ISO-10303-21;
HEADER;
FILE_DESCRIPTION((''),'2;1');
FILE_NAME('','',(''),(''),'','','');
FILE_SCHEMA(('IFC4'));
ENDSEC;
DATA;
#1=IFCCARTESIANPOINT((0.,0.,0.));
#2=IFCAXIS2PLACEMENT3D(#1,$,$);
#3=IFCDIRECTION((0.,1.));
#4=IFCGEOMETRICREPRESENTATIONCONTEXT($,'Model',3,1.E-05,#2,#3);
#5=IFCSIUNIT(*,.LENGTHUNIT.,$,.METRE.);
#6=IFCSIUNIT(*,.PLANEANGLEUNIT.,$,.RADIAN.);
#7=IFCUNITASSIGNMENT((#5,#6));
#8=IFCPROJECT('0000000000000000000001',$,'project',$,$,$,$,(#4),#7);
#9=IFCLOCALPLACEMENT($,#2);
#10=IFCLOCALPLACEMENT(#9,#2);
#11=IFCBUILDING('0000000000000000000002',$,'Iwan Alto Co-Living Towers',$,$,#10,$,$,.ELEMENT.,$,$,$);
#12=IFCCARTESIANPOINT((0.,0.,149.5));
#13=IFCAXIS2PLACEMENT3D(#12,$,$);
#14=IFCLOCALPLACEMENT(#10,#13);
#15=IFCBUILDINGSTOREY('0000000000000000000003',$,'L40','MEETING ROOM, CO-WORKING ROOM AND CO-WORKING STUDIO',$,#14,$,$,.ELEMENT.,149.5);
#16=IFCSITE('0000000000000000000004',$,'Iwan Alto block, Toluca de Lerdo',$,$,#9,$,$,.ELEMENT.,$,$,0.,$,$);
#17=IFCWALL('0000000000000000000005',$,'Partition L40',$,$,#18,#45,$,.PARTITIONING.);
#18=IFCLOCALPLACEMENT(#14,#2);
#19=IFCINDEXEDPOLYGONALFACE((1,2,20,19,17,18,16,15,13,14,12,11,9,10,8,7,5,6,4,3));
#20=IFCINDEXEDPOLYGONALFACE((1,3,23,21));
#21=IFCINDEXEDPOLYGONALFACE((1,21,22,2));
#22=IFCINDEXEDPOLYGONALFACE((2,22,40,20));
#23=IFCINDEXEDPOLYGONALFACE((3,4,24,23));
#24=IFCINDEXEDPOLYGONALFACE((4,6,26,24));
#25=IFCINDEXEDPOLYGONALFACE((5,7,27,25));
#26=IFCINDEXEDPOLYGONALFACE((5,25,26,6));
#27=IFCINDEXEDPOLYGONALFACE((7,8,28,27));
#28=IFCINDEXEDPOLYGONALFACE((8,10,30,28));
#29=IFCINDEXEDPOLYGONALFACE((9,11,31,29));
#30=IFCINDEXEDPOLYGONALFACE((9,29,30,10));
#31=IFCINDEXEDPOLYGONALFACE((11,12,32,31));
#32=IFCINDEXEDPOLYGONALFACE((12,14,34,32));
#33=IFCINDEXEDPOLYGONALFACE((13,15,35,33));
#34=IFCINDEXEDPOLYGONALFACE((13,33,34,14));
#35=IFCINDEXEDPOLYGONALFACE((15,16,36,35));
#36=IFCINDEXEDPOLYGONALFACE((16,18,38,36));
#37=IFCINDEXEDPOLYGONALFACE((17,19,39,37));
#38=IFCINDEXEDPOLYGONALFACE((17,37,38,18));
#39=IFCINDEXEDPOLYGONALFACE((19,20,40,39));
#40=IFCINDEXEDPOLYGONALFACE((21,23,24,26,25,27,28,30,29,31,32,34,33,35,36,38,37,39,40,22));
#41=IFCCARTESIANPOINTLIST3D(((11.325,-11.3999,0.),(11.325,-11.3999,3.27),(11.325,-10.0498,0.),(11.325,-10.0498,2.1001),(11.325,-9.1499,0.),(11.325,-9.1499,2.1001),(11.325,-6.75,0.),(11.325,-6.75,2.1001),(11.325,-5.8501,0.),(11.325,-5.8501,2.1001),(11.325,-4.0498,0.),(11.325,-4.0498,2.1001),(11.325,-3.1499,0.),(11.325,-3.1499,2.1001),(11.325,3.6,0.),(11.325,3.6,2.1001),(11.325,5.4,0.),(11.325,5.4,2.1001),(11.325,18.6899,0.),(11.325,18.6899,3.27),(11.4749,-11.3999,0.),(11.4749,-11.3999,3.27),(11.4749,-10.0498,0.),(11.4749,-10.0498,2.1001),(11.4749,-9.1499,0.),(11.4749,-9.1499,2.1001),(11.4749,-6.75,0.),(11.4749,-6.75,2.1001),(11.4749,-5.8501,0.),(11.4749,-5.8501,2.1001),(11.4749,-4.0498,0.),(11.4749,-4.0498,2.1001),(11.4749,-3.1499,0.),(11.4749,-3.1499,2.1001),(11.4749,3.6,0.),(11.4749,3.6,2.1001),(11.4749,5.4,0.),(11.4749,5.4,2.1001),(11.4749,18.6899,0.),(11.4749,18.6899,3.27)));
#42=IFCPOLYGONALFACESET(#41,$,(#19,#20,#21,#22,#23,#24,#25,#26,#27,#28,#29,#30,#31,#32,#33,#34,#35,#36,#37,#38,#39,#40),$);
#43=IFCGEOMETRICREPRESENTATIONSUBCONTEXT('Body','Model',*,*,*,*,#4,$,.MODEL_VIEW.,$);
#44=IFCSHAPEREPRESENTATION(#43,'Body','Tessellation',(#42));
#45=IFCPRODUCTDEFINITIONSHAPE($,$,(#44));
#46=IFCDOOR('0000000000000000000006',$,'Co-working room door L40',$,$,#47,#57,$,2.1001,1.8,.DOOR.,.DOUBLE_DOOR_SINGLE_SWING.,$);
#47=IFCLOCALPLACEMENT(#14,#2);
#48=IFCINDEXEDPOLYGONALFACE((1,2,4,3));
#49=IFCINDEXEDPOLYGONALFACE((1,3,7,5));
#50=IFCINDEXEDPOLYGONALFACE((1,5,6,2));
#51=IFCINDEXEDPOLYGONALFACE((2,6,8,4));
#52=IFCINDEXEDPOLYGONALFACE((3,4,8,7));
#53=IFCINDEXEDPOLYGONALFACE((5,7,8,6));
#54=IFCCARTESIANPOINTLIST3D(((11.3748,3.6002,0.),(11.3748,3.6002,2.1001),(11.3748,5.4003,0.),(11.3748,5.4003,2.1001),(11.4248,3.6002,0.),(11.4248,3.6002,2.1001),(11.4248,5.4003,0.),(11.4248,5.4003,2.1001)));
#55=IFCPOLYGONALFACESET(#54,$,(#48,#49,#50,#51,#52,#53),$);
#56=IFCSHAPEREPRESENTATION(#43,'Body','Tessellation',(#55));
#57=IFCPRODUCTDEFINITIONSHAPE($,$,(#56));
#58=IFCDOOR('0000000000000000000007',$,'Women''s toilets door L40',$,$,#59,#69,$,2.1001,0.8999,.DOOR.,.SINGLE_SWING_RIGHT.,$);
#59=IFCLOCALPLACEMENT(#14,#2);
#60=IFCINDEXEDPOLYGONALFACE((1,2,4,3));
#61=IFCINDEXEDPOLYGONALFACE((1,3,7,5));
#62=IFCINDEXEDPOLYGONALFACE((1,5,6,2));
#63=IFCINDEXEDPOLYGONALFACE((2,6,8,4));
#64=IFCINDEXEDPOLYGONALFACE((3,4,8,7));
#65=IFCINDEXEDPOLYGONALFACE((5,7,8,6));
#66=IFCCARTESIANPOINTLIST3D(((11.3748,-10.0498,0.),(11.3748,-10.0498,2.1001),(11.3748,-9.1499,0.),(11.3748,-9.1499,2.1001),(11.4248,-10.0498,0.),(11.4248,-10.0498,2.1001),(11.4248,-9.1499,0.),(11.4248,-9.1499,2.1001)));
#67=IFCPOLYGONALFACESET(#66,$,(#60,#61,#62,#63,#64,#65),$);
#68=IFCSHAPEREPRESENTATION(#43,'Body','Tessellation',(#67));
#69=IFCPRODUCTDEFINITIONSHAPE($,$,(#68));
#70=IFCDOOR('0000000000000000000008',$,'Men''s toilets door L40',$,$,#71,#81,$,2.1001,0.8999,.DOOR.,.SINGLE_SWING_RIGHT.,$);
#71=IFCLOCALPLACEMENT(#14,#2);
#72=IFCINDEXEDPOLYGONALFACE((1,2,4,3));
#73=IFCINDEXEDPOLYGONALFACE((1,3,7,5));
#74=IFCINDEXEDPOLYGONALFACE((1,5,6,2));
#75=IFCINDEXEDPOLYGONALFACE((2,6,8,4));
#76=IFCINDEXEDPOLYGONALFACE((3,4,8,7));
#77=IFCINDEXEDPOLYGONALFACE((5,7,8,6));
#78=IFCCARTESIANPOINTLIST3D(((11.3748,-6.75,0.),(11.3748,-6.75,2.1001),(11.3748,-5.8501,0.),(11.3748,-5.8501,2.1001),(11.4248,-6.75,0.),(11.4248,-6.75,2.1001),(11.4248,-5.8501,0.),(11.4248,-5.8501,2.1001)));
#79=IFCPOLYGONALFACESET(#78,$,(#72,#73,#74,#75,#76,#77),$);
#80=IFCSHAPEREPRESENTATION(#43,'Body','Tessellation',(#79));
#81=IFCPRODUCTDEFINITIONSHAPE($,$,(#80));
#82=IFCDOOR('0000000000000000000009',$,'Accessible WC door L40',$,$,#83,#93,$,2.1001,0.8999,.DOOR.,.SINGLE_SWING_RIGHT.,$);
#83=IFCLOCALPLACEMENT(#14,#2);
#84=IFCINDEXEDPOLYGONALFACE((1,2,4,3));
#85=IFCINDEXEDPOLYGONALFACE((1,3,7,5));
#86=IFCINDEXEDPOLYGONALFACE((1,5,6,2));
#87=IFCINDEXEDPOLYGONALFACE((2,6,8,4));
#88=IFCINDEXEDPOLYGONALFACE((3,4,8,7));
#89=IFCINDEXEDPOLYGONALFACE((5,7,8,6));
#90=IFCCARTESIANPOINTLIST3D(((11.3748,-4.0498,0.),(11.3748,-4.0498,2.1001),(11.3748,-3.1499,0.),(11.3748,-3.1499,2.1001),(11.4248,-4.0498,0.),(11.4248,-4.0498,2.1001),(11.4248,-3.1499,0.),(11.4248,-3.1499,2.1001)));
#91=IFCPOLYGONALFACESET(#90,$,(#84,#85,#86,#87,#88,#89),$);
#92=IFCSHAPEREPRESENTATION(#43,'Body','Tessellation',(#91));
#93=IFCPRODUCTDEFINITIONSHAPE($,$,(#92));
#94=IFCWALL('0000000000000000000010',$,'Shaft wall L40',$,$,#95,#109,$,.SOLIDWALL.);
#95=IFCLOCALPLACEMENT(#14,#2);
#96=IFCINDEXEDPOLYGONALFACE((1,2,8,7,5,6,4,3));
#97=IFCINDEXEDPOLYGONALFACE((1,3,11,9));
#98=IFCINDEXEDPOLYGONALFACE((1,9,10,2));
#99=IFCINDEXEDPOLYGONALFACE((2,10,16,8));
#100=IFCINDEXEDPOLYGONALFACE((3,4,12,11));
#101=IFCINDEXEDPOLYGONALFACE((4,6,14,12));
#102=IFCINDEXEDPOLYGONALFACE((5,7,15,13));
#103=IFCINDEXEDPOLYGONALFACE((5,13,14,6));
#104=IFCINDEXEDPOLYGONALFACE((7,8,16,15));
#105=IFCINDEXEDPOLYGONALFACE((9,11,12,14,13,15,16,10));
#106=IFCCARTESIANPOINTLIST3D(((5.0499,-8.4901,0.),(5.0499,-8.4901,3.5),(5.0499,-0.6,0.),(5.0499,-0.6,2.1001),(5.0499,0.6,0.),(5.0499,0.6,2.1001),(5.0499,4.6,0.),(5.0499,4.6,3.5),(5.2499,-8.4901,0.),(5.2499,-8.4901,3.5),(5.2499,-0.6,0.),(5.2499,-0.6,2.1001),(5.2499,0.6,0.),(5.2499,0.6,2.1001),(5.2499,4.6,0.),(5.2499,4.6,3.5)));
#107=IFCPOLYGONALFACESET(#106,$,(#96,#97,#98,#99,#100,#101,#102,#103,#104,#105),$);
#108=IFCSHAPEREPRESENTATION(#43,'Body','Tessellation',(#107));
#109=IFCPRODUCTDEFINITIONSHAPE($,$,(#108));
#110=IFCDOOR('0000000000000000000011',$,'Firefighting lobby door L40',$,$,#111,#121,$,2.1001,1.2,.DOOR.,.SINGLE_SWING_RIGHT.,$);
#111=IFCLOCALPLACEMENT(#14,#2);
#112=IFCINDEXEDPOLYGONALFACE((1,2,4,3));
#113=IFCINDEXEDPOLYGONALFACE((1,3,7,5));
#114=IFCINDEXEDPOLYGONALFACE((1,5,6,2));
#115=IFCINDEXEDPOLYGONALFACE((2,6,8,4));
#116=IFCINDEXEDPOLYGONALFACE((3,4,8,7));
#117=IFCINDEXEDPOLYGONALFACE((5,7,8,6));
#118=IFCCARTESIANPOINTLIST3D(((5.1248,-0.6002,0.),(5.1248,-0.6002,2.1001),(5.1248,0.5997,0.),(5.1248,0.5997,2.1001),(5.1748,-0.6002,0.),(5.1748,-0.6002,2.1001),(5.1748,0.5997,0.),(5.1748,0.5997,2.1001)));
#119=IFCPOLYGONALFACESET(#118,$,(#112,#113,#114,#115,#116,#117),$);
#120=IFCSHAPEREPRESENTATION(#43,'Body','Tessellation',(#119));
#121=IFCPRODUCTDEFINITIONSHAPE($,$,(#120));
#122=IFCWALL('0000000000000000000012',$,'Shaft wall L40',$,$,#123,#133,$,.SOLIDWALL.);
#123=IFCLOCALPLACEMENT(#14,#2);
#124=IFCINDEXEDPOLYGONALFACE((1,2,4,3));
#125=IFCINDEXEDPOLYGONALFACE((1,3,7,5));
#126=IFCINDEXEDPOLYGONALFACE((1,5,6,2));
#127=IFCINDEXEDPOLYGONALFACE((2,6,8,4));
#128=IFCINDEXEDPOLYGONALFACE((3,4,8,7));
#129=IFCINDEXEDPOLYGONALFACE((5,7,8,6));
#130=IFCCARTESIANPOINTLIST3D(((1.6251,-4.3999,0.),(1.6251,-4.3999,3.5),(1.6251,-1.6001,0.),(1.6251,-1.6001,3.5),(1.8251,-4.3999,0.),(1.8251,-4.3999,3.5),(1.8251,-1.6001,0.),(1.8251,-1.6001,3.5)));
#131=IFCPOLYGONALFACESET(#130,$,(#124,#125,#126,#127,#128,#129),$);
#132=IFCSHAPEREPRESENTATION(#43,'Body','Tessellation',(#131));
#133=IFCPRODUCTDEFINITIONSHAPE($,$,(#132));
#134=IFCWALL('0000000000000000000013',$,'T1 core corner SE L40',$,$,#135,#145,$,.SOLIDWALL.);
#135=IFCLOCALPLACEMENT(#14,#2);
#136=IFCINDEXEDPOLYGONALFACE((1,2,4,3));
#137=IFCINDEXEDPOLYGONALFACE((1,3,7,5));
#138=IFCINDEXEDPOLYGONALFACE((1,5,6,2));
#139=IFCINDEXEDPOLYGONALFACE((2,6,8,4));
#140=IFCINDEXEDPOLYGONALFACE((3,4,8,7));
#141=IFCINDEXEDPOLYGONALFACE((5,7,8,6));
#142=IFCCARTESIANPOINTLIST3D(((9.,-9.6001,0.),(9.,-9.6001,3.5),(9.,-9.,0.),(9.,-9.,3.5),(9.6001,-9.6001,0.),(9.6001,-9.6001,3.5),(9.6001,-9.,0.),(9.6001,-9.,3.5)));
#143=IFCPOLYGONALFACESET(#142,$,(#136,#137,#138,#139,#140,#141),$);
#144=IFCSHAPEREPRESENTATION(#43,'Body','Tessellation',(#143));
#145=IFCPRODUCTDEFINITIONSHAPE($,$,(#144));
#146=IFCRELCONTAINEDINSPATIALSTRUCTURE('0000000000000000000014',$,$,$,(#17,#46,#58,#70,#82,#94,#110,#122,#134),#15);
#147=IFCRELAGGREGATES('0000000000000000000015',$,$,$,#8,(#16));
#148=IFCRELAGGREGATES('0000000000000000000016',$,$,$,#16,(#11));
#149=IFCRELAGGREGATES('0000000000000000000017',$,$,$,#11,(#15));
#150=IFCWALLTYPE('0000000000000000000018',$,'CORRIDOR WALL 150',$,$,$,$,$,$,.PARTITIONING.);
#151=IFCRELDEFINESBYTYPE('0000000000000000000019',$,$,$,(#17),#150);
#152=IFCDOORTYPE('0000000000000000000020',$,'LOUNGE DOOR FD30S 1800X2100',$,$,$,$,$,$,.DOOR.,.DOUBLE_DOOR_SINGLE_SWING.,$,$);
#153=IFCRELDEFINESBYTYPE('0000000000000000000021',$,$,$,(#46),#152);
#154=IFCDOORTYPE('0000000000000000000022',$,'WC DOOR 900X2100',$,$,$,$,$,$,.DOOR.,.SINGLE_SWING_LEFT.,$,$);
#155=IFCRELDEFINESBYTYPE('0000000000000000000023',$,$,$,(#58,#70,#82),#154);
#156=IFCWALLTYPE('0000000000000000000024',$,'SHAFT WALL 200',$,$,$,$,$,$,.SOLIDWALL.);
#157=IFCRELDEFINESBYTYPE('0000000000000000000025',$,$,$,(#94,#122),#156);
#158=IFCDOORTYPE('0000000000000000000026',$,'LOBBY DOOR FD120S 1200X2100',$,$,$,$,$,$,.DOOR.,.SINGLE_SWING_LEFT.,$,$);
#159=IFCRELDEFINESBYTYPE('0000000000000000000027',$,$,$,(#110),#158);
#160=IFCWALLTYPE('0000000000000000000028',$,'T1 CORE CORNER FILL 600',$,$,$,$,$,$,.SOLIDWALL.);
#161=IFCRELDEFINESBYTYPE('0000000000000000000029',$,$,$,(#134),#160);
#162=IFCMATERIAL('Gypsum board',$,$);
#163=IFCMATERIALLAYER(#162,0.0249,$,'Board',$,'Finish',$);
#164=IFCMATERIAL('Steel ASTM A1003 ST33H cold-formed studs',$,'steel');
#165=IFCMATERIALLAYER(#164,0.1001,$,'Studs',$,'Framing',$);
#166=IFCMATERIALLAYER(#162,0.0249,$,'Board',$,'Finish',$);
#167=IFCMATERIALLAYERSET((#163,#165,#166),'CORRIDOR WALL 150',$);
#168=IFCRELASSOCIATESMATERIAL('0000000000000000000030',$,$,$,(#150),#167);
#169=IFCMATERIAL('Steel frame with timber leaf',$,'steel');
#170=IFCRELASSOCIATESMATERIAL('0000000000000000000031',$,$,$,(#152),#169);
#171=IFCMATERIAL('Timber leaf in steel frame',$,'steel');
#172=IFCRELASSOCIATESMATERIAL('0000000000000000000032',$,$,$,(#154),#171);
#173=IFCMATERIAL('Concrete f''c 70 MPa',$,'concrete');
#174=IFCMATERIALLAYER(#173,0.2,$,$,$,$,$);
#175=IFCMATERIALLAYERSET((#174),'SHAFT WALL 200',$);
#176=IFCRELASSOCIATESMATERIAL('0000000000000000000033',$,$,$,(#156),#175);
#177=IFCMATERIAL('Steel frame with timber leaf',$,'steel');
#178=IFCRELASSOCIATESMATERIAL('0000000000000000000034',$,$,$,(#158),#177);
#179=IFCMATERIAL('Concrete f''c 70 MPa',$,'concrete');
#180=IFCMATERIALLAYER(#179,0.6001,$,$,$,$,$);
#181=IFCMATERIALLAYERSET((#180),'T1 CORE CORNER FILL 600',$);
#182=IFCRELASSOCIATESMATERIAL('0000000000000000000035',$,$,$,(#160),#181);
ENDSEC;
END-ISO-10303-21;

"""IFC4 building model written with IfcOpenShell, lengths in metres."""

from ifc_helpers import new_model, si_unit, direction, frame, frame_2d, origin, place, context, subcontext, project, spatial, rectangle, extrude, material, layer, layer_set, type_object, element, fill, save


model = new_model("IFC4")

# Units and contexts
model_context = context("Model", 3, precision=1e-05, world=origin(), true_north=direction((0.0, 1.0)))
body_context = subcontext(model_context, "Body", "Model", "MODEL_VIEW")
ifc_project = project(units=[si_unit("LENGTHUNIT", "METRE"), si_unit("PLANEANGLEUNIT", "RADIAN")], contexts=[model_context])

# Site, building, storey
site_placement = place(None, origin())
site = spatial("IfcSite", under=ifc_project, at=site_placement, Name="Iwan Alto block, Toluca de Lerdo", CompositionType="ELEMENT", RefElevation=0.0)
building_placement = place(site_placement, origin())
building = spatial("IfcBuilding", under=site, at=building_placement, Name="Iwan Alto Co-Living Towers", CompositionType="ELEMENT")
storey_placement = place(building_placement, frame((0.0, 0.0, 149.5)))
storey = spatial("IfcBuildingStorey", under=building, at=storey_placement, Name="L40", Description="MEETING ROOM, CO-WORKING ROOM AND CO-WORKING STUDIO", CompositionType="ELEMENT", Elevation=149.5)

# Wall, openings, doors
ifc_material_1 = material(Name="Gypsum board")
ifc_layer_1 = layer(ifc_material_1, 0.0249, Name="Board", Category="Finish")
ifc_material_2 = material(Name="Steel ASTM A1003 ST33H cold-formed studs", Category="steel")
ifc_layer_2 = layer(ifc_material_2, 0.1001, Name="Studs", Category="Framing")
ifc_layer_3 = layer(ifc_material_1, 0.0249, Name="Board", Category="Finish")
ifc_layer_set_1 = layer_set([ifc_layer_1, ifc_layer_2, ifc_layer_3], Name="CORRIDOR WALL 150")
wall_type_1 = type_object("IfcWallType", Name="CORRIDOR WALL 150", PredefinedType="PARTITIONING", material=ifc_layer_set_1)
wall_1_placement = place(storey_placement, frame((11.3999, -11.3999, 0.0), z_axis=(0.0, 0.0, 1.0), x_axis=(0.0, 1.0, 0.0)))
wall_1 = element("IfcWall", 1, at=wall_1_placement, inside=storey, type_object=wall_type_1, Name="Partition L40", PredefinedType="PARTITIONING", context=body_context, shape_type="SweptSolid", body=[
    extrude(rectangle(XDim=30.0898, YDim=0.1499, at=frame_2d((15.0449, 0.0))), origin(), (0.0, 0.0, 1.0), 3.27),
])
opening_1_placement = place(wall_1_placement, frame((1.3501, 0.0, 0.0)))
opening_1 = element("IfcOpeningElement", 2, at=opening_1_placement, cuts=wall_1, PredefinedType="OPENING", context=body_context, shape_type="SweptSolid", body=[
    extrude(rectangle(XDim=0.8999, YDim=2.1001, at=frame_2d((0.45, 1.05))), frame((0.0, 0.085, 0.0), z_axis=(0.0, -1.0, 0.0), x_axis=(1.0, 0.0, 0.0)), (0.0, 0.0, 1.0), 0.1699),
])
opening_2_placement = place(wall_1_placement, frame((4.6499, 0.0, 0.0)))
opening_2 = element("IfcOpeningElement", 3, at=opening_2_placement, cuts=wall_1, PredefinedType="OPENING", context=body_context, shape_type="SweptSolid", body=[
    extrude(rectangle(XDim=0.8999, YDim=2.1001, at=frame_2d((0.45, 1.05))), frame((0.0, 0.085, 0.0), z_axis=(0.0, -1.0, 0.0), x_axis=(1.0, 0.0, 0.0)), (0.0, 0.0, 1.0), 0.1699),
])
opening_3_placement = place(wall_1_placement, frame((7.3501, 0.0, 0.0)))
opening_3 = element("IfcOpeningElement", 4, at=opening_3_placement, cuts=wall_1, PredefinedType="OPENING", context=body_context, shape_type="SweptSolid", body=[
    extrude(rectangle(XDim=0.8999, YDim=2.1001, at=frame_2d((0.45, 1.05))), frame((0.0, 0.085, 0.0), z_axis=(0.0, -1.0, 0.0), x_axis=(1.0, 0.0, 0.0)), (0.0, 0.0, 1.0), 0.1699),
])
opening_4_placement = place(wall_1_placement, frame((15.0, 0.0, 0.0)))
opening_4 = element("IfcOpeningElement", 5, at=opening_4_placement, cuts=wall_1, PredefinedType="OPENING", context=body_context, shape_type="SweptSolid", body=[
    extrude(rectangle(XDim=1.8, YDim=2.1001, at=frame_2d((0.8999, 1.05))), frame((0.0, 0.085, 0.0), z_axis=(0.0, -1.0, 0.0), x_axis=(1.0, 0.0, 0.0)), (0.0, 0.0, 1.0), 0.1699),
])
ifc_material_3 = material(Name="Steel frame with timber leaf", Category="steel")
door_type_1 = type_object("IfcDoorType", Name="LOUNGE DOOR FD30S 1800X2100", OperationType="DOUBLE_DOOR_SINGLE_SWING", PredefinedType="DOOR", material=ifc_material_3)
door_1_placement = place(opening_4_placement, frame((1.8, 0.0, 0.0), z_axis=(0.0, 0.0, 1.0), x_axis=(-1.0, 0.0, 0.0)))
door_1 = element("IfcDoor", 6, at=door_1_placement, inside=storey, type_object=door_type_1, Name="Co-working room door L40", OperationType="DOUBLE_DOOR_SINGLE_SWING", OverallHeight=2.1001, OverallWidth=1.8, PredefinedType="DOOR", context=body_context, shape_type="SweptSolid", body=[
    extrude(rectangle(XDim=1.8, YDim=2.1001, at=frame_2d((0.8999, 1.05))), frame((0.0, 0.0249, 0.0), z_axis=(0.0, -1.0, 0.0), x_axis=(1.0, 0.0, 0.0)), (0.0, 0.0, 1.0), 0.05),
])
fill(opening_4, door_1)
ifc_material_4 = material(Name="Timber leaf in steel frame", Category="steel")
door_type_2 = type_object("IfcDoorType", Name="WC DOOR 900X2100", OperationType="SINGLE_SWING_LEFT", PredefinedType="DOOR", material=ifc_material_4)
door_2_placement = place(opening_1_placement, frame((0.8999, 0.0, 0.0), z_axis=(0.0, 0.0, 1.0), x_axis=(-1.0, 0.0, 0.0)))
door_2 = element("IfcDoor", 7, at=door_2_placement, inside=storey, type_object=door_type_2, Name="Women's toilets door L40", OperationType="SINGLE_SWING_RIGHT", OverallHeight=2.1001, OverallWidth=0.8999, PredefinedType="DOOR", context=body_context, shape_type="SweptSolid", body=[
    extrude(rectangle(XDim=0.8999, YDim=2.1001, at=frame_2d((0.45, 1.05))), frame((0.0, 0.0249, 0.0), z_axis=(0.0, -1.0, 0.0), x_axis=(1.0, 0.0, 0.0)), (0.0, 0.0, 1.0), 0.05),
])
fill(opening_1, door_2)
door_3_placement = place(opening_2_placement, frame((0.8999, 0.0, 0.0), z_axis=(0.0, 0.0, 1.0), x_axis=(-1.0, 0.0, 0.0)))
door_3 = element("IfcDoor", 8, at=door_3_placement, inside=storey, type_object=door_type_2, Name="Men's toilets door L40", OperationType="SINGLE_SWING_RIGHT", OverallHeight=2.1001, OverallWidth=0.8999, PredefinedType="DOOR", context=body_context, shape_type="SweptSolid", body=[
    extrude(rectangle(XDim=0.8999, YDim=2.1001, at=frame_2d((0.45, 1.05))), frame((0.0, 0.0249, 0.0), z_axis=(0.0, -1.0, 0.0), x_axis=(1.0, 0.0, 0.0)), (0.0, 0.0, 1.0), 0.05),
])
fill(opening_2, door_3)
door_4_placement = place(opening_3_placement, frame((0.8999, 0.0, 0.0), z_axis=(0.0, 0.0, 1.0), x_axis=(-1.0, 0.0, 0.0)))
door_4 = element("IfcDoor", 9, at=door_4_placement, inside=storey, type_object=door_type_2, Name="Accessible WC door L40", OperationType="SINGLE_SWING_RIGHT", OverallHeight=2.1001, OverallWidth=0.8999, PredefinedType="DOOR", context=body_context, shape_type="SweptSolid", body=[
    extrude(rectangle(XDim=0.8999, YDim=2.1001, at=frame_2d((0.45, 1.05))), frame((0.0, 0.0249, 0.0), z_axis=(0.0, -1.0, 0.0), x_axis=(1.0, 0.0, 0.0)), (0.0, 0.0, 1.0), 0.05),
])
fill(opening_3, door_4)

# Wall, opening, door
ifc_material_5 = material(Name="Concrete f'c 70 MPa", Category="concrete")
ifc_layer_4 = layer(ifc_material_5, 0.2)
ifc_layer_set_2 = layer_set([ifc_layer_4], Name="SHAFT WALL 200")
wall_type_2 = type_object("IfcWallType", Name="SHAFT WALL 200", PredefinedType="SOLIDWALL", material=ifc_layer_set_2)
wall_2_placement = place(storey_placement, frame((5.1499, -8.49, 0.0), z_axis=(0.0, 0.0, 1.0), x_axis=(0.0, 1.0, 0.0)))
wall_2 = element("IfcWall", 10, at=wall_2_placement, inside=storey, type_object=wall_type_2, Name="Shaft wall L40", PredefinedType="SOLIDWALL", context=body_context, shape_type="SweptSolid", body=[
    extrude(rectangle(XDim=13.0901, YDim=0.2, at=frame_2d((6.5449, 0.0))), origin(), (0.0, 0.0, 1.0), 3.5),
])
opening_5_placement = place(wall_2_placement, frame((7.8899, 0.0, 0.0)))
opening_5 = element("IfcOpeningElement", 11, at=opening_5_placement, cuts=wall_2, PredefinedType="OPENING", context=body_context, shape_type="SweptSolid", body=[
    extrude(rectangle(XDim=1.2, YDim=2.1001, at=frame_2d((0.6001, 1.05))), frame((0.0, 0.1099, 0.0), z_axis=(0.0, -1.0, 0.0), x_axis=(1.0, 0.0, 0.0)), (0.0, 0.0, 1.0), 0.22),
])
ifc_material_6 = material(Name="Steel frame with timber leaf", Category="steel")
door_type_3 = type_object("IfcDoorType", Name="LOBBY DOOR FD120S 1200X2100", OperationType="SINGLE_SWING_LEFT", PredefinedType="DOOR", material=ifc_material_6)
door_5_placement = place(opening_5_placement, frame((1.2, 0.0, 0.0), z_axis=(0.0, 0.0, 1.0), x_axis=(-1.0, 0.0, 0.0)))
door_5 = element("IfcDoor", 12, at=door_5_placement, inside=storey, type_object=door_type_3, Name="Firefighting lobby door L40", OperationType="SINGLE_SWING_RIGHT", OverallHeight=2.1001, OverallWidth=1.2, PredefinedType="DOOR", context=body_context, shape_type="SweptSolid", body=[
    extrude(rectangle(XDim=1.2, YDim=2.1001, at=frame_2d((0.6001, 1.05))), frame((0.0, 0.0249, 0.0), z_axis=(0.0, -1.0, 0.0), x_axis=(1.0, 0.0, 0.0)), (0.0, 0.0, 1.0), 0.05),
])
fill(opening_5, door_5)

# Walls
wall_3_placement = place(storey_placement, frame((1.7251, -4.3999, 0.0), z_axis=(0.0, 0.0, 1.0), x_axis=(0.0, 1.0, 0.0)))
element("IfcWall", 13, at=wall_3_placement, inside=storey, type_object=wall_type_2, Name="Shaft wall L40", PredefinedType="SOLIDWALL", context=body_context, shape_type="SweptSolid", body=[
    extrude(rectangle(XDim=2.7998, YDim=0.2, at=frame_2d((1.3999, 0.0))), origin(), (0.0, 0.0, 1.0), 3.5),
])
ifc_material_7 = material(Name="Concrete f'c 70 MPa", Category="concrete")
ifc_layer_5 = layer(ifc_material_7, 0.6001)
ifc_layer_set_3 = layer_set([ifc_layer_5], Name="T1 CORE CORNER FILL 600")
wall_type_3 = type_object("IfcWallType", Name="T1 CORE CORNER FILL 600", PredefinedType="SOLIDWALL", material=ifc_layer_set_3)
wall_4_placement = place(storey_placement, frame((9.0, -9.3, 0.0), z_axis=(0.0, 0.0, 1.0), x_axis=(1.0, 0.0, 0.0)))
element("IfcWall", 14, at=wall_4_placement, inside=storey, type_object=wall_type_3, Name="T1 core corner SE L40", PredefinedType="SOLIDWALL", context=body_context, shape_type="SweptSolid", body=[
    extrude(rectangle(XDim=0.6001, YDim=0.6001, at=frame_2d((0.3, 0.0))), origin(), (0.0, 0.0, 1.0), 3.5),
])

save(model, "model.ifc")
